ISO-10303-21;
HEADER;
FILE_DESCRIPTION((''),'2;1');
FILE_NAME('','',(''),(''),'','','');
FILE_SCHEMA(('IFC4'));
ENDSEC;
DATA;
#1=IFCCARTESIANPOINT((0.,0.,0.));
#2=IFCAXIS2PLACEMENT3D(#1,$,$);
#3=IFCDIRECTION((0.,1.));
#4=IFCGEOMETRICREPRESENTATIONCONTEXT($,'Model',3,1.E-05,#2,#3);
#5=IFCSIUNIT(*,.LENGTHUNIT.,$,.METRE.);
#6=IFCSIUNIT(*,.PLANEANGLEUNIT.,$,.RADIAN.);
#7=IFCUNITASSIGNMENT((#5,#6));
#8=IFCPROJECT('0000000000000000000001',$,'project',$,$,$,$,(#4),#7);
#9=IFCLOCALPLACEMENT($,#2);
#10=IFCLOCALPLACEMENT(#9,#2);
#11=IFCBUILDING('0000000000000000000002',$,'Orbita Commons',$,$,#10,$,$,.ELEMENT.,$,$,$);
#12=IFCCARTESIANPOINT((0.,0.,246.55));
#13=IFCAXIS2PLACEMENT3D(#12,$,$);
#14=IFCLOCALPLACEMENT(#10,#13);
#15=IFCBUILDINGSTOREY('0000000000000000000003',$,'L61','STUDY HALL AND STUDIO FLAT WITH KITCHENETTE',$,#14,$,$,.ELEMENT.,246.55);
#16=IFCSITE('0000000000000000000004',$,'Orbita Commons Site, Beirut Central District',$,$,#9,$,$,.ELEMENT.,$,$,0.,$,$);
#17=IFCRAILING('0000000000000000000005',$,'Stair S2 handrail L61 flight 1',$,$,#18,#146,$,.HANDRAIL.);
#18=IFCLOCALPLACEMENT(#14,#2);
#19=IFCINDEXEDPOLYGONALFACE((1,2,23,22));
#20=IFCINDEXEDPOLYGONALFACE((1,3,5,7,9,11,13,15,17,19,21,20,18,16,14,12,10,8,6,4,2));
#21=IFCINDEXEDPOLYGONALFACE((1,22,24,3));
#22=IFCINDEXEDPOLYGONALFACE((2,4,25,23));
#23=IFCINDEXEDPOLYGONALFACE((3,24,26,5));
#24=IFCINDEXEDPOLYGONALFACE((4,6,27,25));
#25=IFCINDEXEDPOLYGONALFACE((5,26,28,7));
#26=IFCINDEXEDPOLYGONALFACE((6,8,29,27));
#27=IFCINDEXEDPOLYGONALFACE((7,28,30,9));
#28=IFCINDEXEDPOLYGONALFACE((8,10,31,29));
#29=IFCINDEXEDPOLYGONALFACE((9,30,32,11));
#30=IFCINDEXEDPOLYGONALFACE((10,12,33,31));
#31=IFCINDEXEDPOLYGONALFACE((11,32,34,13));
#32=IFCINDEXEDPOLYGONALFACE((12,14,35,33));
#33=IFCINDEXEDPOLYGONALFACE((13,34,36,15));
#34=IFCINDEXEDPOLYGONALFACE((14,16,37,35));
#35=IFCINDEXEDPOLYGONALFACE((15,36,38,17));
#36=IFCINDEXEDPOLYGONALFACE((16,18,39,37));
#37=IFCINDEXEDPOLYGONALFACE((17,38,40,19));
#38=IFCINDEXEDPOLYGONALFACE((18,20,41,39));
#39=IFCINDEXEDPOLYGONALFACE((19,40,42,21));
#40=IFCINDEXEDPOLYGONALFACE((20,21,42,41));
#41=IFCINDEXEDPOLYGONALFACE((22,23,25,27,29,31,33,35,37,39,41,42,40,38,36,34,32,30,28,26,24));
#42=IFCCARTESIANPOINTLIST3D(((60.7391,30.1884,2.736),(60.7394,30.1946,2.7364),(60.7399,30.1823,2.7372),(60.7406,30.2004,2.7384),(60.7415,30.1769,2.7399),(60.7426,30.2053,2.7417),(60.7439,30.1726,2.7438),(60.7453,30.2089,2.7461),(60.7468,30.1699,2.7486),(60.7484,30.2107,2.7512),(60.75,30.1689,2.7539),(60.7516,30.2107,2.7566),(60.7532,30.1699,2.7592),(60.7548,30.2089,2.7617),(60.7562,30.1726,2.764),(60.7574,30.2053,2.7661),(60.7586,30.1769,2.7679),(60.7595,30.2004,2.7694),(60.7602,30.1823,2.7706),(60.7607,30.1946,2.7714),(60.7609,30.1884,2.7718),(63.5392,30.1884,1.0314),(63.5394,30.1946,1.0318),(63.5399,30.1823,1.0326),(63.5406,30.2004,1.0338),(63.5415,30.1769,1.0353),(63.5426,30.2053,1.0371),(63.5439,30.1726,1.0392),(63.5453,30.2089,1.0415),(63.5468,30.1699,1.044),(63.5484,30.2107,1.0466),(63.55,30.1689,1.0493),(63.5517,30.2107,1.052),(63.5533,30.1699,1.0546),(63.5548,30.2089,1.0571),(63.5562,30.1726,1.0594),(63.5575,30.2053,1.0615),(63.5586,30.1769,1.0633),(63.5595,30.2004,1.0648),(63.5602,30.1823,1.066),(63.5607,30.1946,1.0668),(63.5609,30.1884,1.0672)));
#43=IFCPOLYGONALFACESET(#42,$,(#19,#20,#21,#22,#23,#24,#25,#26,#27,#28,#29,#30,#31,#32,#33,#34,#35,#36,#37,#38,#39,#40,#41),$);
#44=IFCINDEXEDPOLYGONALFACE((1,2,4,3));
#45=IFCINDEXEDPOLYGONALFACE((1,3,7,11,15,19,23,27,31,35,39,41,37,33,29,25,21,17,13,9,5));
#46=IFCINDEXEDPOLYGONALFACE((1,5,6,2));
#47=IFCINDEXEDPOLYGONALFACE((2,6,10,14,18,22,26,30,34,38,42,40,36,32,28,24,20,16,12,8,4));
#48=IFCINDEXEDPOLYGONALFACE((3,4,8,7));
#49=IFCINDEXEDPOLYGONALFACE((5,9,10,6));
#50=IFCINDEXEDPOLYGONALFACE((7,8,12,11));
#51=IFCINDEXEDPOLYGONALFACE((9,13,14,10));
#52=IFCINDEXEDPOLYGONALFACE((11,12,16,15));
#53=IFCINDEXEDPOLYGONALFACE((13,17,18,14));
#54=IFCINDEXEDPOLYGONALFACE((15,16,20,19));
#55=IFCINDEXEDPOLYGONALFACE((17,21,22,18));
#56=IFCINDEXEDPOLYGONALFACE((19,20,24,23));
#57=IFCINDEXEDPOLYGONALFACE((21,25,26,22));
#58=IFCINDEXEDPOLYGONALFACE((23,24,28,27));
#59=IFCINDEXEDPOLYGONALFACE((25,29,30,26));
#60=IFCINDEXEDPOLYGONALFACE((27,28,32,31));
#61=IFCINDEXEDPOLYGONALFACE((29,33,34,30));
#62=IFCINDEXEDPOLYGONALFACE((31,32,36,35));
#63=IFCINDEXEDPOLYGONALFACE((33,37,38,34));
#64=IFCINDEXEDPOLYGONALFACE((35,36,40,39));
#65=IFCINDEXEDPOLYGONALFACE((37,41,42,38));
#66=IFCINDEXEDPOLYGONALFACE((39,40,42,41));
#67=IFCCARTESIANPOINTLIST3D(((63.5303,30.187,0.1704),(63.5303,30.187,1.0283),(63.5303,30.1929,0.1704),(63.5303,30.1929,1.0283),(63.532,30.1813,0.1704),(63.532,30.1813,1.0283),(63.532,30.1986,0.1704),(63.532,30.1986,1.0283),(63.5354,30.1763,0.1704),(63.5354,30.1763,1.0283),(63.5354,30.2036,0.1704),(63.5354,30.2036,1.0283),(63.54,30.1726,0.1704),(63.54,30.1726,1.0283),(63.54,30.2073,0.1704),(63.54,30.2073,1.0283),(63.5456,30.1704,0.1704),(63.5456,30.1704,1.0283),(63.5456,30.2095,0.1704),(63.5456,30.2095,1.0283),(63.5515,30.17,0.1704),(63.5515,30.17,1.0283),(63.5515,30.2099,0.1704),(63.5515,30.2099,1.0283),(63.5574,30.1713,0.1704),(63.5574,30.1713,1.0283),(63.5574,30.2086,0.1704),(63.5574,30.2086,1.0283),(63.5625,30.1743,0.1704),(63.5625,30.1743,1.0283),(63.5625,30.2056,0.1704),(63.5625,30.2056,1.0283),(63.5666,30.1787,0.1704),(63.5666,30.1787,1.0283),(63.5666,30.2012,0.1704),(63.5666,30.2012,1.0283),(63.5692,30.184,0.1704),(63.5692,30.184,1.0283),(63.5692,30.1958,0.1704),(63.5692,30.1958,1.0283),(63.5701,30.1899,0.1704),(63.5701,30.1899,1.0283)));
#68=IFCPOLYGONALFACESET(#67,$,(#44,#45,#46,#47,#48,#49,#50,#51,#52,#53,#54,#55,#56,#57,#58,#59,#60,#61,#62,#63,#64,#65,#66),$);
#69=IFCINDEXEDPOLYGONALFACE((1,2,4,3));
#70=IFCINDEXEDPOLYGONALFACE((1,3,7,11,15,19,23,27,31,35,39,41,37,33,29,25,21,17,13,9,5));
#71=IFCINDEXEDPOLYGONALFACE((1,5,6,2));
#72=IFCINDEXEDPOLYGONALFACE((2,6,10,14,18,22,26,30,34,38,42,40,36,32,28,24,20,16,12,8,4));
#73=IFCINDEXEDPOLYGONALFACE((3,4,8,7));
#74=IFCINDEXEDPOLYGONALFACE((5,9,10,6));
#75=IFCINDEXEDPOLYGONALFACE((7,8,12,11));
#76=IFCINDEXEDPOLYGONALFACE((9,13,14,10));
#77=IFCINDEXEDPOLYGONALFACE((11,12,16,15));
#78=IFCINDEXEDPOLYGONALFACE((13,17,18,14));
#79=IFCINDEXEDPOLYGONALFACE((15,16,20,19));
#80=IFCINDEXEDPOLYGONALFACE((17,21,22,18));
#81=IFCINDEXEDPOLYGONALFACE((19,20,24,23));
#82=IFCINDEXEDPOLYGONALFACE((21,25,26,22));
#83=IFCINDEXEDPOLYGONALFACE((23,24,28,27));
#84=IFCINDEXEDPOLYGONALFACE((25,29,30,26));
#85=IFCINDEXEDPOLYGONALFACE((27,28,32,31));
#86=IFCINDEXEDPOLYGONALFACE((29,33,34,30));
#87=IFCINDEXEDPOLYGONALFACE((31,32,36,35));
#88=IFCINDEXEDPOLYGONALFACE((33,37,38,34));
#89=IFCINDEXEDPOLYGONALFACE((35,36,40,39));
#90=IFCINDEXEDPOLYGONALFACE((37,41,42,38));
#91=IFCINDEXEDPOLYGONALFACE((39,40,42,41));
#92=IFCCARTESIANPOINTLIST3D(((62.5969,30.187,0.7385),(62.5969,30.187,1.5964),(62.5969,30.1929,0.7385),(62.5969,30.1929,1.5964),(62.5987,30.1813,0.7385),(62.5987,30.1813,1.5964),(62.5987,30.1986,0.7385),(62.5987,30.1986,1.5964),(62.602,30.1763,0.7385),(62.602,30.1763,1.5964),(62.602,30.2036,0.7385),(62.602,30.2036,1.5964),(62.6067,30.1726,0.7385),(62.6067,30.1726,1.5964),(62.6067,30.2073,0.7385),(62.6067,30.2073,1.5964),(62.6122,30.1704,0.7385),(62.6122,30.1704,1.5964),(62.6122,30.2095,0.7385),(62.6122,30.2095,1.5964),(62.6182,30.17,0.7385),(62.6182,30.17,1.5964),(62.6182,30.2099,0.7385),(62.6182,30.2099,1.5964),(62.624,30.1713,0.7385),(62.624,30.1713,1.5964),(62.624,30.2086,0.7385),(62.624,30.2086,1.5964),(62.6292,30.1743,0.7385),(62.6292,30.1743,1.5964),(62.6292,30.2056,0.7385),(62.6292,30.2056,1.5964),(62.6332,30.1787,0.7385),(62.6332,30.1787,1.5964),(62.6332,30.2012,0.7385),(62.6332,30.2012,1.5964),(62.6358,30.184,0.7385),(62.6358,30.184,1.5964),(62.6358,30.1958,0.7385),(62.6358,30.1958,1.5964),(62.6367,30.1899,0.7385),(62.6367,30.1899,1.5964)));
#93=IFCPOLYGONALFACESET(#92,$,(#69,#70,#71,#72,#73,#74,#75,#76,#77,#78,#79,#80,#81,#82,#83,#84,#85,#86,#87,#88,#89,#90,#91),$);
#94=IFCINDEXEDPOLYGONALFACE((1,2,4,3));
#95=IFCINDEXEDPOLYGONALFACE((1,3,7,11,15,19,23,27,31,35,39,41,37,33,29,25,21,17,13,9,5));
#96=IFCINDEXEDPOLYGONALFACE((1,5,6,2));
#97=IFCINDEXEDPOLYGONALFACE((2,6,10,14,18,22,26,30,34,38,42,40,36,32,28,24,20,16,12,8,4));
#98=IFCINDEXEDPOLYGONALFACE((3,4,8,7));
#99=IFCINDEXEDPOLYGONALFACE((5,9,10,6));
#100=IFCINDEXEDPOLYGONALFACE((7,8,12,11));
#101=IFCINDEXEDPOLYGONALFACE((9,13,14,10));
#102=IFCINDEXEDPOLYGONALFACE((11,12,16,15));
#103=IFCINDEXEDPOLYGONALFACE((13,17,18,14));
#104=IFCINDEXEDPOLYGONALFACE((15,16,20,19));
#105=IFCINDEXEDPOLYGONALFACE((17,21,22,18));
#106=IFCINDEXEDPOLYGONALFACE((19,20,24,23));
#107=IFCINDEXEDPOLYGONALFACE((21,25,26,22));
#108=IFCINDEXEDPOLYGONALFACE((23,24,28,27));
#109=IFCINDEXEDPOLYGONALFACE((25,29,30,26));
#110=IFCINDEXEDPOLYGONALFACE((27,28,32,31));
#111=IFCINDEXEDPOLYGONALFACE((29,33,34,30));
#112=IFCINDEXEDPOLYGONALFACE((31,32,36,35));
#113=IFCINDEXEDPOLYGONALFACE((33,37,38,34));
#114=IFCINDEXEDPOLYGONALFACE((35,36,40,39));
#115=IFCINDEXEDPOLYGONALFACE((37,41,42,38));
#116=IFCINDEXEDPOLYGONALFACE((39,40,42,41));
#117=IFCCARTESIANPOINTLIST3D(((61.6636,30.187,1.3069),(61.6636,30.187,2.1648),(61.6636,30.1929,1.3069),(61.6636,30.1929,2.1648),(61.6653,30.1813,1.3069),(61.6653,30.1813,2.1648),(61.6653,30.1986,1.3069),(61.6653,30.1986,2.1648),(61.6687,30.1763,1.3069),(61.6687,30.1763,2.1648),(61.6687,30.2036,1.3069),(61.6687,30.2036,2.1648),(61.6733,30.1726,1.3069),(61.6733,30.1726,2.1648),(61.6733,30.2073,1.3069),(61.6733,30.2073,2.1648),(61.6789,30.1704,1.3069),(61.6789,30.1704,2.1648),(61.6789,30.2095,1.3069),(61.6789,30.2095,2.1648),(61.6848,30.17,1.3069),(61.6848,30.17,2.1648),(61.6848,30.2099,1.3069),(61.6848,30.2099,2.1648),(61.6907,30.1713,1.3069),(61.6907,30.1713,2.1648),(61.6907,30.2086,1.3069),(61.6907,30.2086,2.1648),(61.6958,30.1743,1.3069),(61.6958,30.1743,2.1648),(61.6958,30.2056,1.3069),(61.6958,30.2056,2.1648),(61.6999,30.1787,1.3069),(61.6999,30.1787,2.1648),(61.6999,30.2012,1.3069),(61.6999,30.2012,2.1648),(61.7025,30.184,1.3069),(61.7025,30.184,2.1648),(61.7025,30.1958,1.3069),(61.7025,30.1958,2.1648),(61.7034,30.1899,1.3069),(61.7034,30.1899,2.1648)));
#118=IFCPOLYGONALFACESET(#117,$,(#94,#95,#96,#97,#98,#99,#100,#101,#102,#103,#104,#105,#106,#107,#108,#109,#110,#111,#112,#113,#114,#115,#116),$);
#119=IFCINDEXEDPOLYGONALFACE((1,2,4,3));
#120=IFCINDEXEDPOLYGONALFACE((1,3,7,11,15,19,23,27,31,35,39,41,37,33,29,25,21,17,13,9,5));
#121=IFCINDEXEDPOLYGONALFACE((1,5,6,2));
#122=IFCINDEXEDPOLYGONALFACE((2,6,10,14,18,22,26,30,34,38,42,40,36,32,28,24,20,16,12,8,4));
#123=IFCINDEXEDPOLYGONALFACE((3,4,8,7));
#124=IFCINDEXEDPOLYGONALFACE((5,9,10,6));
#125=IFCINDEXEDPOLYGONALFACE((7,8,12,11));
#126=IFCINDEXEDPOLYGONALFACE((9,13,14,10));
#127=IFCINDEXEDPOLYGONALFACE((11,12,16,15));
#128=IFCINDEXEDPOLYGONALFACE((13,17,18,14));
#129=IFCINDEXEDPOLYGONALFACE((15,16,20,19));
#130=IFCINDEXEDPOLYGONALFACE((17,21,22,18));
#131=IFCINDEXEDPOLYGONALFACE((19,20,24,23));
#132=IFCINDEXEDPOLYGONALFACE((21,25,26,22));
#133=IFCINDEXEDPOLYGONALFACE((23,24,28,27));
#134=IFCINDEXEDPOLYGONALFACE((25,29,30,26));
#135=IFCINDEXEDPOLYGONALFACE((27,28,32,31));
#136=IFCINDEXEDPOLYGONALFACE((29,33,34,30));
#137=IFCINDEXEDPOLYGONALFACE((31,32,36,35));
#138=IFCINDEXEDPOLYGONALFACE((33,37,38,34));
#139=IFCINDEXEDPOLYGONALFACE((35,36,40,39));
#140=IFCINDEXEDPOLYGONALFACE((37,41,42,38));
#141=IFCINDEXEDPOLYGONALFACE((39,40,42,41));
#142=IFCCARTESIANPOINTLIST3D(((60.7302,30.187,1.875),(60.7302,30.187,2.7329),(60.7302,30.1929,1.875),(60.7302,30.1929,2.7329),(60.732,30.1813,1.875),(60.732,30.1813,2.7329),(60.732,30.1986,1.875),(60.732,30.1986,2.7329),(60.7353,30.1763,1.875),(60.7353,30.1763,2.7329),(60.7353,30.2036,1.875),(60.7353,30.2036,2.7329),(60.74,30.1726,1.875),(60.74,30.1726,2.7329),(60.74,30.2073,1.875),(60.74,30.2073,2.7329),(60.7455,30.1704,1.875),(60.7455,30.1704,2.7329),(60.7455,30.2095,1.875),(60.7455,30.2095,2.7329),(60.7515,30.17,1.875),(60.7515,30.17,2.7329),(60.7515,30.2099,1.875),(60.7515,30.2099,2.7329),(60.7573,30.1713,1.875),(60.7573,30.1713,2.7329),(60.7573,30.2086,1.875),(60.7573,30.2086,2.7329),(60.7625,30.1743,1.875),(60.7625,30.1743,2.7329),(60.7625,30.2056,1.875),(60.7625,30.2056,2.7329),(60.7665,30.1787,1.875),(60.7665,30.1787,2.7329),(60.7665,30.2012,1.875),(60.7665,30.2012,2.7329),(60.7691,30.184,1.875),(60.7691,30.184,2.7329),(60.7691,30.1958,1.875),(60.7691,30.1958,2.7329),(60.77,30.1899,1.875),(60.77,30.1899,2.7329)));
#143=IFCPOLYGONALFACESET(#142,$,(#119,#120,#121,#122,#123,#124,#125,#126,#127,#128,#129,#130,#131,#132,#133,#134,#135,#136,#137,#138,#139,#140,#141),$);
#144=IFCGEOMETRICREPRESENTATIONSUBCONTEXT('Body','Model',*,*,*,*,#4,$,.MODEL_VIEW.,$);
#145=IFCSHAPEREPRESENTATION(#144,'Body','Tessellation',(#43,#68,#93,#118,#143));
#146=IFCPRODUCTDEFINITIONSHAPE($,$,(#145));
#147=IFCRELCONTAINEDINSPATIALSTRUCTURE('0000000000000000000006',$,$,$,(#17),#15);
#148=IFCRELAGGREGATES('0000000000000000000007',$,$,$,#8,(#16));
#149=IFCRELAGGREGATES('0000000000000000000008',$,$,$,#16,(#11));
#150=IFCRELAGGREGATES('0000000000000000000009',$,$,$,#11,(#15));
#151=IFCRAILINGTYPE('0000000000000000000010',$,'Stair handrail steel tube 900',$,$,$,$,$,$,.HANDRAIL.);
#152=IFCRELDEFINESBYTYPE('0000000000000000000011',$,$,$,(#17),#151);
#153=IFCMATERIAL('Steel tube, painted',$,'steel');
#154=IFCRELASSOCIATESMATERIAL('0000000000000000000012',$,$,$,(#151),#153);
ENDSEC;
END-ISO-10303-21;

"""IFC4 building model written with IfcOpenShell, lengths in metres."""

from ifc_helpers import new_model, si_unit, direction, frame, origin, origin_2d, place, context, subcontext, project, spatial, circle, extrude, material, type_object, element, save


model = new_model("IFC4")

# Units and contexts
model_context = context("Model", 3, precision=1e-05, world=origin(), true_north=direction((0.0, 1.0)))
body_context = subcontext(model_context, "Body", "Model", "MODEL_VIEW")
ifc_project = project(units=[si_unit("LENGTHUNIT", "METRE"), si_unit("PLANEANGLEUNIT", "RADIAN")], contexts=[model_context])

# Site, building, storey
site_placement = place(None, origin())
site = spatial("IfcSite", under=ifc_project, at=site_placement, Name="Orbita Commons Site, Beirut Central District", CompositionType="ELEMENT", RefElevation=0.0)
building_placement = place(site_placement, origin())
building = spatial("IfcBuilding", under=site, at=building_placement, Name="Orbita Commons", CompositionType="ELEMENT")
storey_placement = place(building_placement, frame((0.0, 0.0, 246.55)))
storey = spatial("IfcBuildingStorey", under=building, at=storey_placement, Name="L61", Description="STUDY HALL AND STUDIO FLAT WITH KITCHENETTE", CompositionType="ELEMENT", Elevation=246.55)

# Railing
ifc_material_1 = material(Name="Steel tube, painted", Category="steel")
railing_type = type_object("IfcRailingType", Name="Stair handrail steel tube 900", PredefinedType="HANDRAIL", material=ifc_material_1)
for number, where, name in (
    (1, (63.55, 30.1899, 0.1704), "Stair S2 handrail L61 flight 1"),
):
    element("IfcRailing", number, at=place(storey_placement, frame(where)), inside=storey, type_object=railing_type, Name=name, PredefinedType="HANDRAIL", context=body_context, shape_type="SweptSolid", body=[
        extrude(circle(Radius=0.021, at=origin_2d()), frame((0.0, 0.0, 0.8789), z_axis=(-0.85417, 0.0, 0.519994), x_axis=(0.0, -1.0, 0.0)), (0.0, 0.0, 1.0), 3.2781),
        extrude(circle(Radius=0.02, at=origin_2d()), origin(), (0.0, 0.0, 1.0), 0.8579),
        extrude(circle(Radius=0.02, at=origin_2d()), frame((-0.9333, 0.0, 0.5681)), (0.0, 0.0, 1.0), 0.8579),
        extrude(circle(Radius=0.02, at=origin_2d()), frame((-1.8667, 0.0, 1.1365)), (0.0, 0.0, 1.0), 0.8579),
        extrude(circle(Radius=0.02, at=origin_2d()), frame((-2.8, 0.0, 1.7046)), (0.0, 0.0, 1.0), 0.8579),
    ])

save(model, "model.ifc")
